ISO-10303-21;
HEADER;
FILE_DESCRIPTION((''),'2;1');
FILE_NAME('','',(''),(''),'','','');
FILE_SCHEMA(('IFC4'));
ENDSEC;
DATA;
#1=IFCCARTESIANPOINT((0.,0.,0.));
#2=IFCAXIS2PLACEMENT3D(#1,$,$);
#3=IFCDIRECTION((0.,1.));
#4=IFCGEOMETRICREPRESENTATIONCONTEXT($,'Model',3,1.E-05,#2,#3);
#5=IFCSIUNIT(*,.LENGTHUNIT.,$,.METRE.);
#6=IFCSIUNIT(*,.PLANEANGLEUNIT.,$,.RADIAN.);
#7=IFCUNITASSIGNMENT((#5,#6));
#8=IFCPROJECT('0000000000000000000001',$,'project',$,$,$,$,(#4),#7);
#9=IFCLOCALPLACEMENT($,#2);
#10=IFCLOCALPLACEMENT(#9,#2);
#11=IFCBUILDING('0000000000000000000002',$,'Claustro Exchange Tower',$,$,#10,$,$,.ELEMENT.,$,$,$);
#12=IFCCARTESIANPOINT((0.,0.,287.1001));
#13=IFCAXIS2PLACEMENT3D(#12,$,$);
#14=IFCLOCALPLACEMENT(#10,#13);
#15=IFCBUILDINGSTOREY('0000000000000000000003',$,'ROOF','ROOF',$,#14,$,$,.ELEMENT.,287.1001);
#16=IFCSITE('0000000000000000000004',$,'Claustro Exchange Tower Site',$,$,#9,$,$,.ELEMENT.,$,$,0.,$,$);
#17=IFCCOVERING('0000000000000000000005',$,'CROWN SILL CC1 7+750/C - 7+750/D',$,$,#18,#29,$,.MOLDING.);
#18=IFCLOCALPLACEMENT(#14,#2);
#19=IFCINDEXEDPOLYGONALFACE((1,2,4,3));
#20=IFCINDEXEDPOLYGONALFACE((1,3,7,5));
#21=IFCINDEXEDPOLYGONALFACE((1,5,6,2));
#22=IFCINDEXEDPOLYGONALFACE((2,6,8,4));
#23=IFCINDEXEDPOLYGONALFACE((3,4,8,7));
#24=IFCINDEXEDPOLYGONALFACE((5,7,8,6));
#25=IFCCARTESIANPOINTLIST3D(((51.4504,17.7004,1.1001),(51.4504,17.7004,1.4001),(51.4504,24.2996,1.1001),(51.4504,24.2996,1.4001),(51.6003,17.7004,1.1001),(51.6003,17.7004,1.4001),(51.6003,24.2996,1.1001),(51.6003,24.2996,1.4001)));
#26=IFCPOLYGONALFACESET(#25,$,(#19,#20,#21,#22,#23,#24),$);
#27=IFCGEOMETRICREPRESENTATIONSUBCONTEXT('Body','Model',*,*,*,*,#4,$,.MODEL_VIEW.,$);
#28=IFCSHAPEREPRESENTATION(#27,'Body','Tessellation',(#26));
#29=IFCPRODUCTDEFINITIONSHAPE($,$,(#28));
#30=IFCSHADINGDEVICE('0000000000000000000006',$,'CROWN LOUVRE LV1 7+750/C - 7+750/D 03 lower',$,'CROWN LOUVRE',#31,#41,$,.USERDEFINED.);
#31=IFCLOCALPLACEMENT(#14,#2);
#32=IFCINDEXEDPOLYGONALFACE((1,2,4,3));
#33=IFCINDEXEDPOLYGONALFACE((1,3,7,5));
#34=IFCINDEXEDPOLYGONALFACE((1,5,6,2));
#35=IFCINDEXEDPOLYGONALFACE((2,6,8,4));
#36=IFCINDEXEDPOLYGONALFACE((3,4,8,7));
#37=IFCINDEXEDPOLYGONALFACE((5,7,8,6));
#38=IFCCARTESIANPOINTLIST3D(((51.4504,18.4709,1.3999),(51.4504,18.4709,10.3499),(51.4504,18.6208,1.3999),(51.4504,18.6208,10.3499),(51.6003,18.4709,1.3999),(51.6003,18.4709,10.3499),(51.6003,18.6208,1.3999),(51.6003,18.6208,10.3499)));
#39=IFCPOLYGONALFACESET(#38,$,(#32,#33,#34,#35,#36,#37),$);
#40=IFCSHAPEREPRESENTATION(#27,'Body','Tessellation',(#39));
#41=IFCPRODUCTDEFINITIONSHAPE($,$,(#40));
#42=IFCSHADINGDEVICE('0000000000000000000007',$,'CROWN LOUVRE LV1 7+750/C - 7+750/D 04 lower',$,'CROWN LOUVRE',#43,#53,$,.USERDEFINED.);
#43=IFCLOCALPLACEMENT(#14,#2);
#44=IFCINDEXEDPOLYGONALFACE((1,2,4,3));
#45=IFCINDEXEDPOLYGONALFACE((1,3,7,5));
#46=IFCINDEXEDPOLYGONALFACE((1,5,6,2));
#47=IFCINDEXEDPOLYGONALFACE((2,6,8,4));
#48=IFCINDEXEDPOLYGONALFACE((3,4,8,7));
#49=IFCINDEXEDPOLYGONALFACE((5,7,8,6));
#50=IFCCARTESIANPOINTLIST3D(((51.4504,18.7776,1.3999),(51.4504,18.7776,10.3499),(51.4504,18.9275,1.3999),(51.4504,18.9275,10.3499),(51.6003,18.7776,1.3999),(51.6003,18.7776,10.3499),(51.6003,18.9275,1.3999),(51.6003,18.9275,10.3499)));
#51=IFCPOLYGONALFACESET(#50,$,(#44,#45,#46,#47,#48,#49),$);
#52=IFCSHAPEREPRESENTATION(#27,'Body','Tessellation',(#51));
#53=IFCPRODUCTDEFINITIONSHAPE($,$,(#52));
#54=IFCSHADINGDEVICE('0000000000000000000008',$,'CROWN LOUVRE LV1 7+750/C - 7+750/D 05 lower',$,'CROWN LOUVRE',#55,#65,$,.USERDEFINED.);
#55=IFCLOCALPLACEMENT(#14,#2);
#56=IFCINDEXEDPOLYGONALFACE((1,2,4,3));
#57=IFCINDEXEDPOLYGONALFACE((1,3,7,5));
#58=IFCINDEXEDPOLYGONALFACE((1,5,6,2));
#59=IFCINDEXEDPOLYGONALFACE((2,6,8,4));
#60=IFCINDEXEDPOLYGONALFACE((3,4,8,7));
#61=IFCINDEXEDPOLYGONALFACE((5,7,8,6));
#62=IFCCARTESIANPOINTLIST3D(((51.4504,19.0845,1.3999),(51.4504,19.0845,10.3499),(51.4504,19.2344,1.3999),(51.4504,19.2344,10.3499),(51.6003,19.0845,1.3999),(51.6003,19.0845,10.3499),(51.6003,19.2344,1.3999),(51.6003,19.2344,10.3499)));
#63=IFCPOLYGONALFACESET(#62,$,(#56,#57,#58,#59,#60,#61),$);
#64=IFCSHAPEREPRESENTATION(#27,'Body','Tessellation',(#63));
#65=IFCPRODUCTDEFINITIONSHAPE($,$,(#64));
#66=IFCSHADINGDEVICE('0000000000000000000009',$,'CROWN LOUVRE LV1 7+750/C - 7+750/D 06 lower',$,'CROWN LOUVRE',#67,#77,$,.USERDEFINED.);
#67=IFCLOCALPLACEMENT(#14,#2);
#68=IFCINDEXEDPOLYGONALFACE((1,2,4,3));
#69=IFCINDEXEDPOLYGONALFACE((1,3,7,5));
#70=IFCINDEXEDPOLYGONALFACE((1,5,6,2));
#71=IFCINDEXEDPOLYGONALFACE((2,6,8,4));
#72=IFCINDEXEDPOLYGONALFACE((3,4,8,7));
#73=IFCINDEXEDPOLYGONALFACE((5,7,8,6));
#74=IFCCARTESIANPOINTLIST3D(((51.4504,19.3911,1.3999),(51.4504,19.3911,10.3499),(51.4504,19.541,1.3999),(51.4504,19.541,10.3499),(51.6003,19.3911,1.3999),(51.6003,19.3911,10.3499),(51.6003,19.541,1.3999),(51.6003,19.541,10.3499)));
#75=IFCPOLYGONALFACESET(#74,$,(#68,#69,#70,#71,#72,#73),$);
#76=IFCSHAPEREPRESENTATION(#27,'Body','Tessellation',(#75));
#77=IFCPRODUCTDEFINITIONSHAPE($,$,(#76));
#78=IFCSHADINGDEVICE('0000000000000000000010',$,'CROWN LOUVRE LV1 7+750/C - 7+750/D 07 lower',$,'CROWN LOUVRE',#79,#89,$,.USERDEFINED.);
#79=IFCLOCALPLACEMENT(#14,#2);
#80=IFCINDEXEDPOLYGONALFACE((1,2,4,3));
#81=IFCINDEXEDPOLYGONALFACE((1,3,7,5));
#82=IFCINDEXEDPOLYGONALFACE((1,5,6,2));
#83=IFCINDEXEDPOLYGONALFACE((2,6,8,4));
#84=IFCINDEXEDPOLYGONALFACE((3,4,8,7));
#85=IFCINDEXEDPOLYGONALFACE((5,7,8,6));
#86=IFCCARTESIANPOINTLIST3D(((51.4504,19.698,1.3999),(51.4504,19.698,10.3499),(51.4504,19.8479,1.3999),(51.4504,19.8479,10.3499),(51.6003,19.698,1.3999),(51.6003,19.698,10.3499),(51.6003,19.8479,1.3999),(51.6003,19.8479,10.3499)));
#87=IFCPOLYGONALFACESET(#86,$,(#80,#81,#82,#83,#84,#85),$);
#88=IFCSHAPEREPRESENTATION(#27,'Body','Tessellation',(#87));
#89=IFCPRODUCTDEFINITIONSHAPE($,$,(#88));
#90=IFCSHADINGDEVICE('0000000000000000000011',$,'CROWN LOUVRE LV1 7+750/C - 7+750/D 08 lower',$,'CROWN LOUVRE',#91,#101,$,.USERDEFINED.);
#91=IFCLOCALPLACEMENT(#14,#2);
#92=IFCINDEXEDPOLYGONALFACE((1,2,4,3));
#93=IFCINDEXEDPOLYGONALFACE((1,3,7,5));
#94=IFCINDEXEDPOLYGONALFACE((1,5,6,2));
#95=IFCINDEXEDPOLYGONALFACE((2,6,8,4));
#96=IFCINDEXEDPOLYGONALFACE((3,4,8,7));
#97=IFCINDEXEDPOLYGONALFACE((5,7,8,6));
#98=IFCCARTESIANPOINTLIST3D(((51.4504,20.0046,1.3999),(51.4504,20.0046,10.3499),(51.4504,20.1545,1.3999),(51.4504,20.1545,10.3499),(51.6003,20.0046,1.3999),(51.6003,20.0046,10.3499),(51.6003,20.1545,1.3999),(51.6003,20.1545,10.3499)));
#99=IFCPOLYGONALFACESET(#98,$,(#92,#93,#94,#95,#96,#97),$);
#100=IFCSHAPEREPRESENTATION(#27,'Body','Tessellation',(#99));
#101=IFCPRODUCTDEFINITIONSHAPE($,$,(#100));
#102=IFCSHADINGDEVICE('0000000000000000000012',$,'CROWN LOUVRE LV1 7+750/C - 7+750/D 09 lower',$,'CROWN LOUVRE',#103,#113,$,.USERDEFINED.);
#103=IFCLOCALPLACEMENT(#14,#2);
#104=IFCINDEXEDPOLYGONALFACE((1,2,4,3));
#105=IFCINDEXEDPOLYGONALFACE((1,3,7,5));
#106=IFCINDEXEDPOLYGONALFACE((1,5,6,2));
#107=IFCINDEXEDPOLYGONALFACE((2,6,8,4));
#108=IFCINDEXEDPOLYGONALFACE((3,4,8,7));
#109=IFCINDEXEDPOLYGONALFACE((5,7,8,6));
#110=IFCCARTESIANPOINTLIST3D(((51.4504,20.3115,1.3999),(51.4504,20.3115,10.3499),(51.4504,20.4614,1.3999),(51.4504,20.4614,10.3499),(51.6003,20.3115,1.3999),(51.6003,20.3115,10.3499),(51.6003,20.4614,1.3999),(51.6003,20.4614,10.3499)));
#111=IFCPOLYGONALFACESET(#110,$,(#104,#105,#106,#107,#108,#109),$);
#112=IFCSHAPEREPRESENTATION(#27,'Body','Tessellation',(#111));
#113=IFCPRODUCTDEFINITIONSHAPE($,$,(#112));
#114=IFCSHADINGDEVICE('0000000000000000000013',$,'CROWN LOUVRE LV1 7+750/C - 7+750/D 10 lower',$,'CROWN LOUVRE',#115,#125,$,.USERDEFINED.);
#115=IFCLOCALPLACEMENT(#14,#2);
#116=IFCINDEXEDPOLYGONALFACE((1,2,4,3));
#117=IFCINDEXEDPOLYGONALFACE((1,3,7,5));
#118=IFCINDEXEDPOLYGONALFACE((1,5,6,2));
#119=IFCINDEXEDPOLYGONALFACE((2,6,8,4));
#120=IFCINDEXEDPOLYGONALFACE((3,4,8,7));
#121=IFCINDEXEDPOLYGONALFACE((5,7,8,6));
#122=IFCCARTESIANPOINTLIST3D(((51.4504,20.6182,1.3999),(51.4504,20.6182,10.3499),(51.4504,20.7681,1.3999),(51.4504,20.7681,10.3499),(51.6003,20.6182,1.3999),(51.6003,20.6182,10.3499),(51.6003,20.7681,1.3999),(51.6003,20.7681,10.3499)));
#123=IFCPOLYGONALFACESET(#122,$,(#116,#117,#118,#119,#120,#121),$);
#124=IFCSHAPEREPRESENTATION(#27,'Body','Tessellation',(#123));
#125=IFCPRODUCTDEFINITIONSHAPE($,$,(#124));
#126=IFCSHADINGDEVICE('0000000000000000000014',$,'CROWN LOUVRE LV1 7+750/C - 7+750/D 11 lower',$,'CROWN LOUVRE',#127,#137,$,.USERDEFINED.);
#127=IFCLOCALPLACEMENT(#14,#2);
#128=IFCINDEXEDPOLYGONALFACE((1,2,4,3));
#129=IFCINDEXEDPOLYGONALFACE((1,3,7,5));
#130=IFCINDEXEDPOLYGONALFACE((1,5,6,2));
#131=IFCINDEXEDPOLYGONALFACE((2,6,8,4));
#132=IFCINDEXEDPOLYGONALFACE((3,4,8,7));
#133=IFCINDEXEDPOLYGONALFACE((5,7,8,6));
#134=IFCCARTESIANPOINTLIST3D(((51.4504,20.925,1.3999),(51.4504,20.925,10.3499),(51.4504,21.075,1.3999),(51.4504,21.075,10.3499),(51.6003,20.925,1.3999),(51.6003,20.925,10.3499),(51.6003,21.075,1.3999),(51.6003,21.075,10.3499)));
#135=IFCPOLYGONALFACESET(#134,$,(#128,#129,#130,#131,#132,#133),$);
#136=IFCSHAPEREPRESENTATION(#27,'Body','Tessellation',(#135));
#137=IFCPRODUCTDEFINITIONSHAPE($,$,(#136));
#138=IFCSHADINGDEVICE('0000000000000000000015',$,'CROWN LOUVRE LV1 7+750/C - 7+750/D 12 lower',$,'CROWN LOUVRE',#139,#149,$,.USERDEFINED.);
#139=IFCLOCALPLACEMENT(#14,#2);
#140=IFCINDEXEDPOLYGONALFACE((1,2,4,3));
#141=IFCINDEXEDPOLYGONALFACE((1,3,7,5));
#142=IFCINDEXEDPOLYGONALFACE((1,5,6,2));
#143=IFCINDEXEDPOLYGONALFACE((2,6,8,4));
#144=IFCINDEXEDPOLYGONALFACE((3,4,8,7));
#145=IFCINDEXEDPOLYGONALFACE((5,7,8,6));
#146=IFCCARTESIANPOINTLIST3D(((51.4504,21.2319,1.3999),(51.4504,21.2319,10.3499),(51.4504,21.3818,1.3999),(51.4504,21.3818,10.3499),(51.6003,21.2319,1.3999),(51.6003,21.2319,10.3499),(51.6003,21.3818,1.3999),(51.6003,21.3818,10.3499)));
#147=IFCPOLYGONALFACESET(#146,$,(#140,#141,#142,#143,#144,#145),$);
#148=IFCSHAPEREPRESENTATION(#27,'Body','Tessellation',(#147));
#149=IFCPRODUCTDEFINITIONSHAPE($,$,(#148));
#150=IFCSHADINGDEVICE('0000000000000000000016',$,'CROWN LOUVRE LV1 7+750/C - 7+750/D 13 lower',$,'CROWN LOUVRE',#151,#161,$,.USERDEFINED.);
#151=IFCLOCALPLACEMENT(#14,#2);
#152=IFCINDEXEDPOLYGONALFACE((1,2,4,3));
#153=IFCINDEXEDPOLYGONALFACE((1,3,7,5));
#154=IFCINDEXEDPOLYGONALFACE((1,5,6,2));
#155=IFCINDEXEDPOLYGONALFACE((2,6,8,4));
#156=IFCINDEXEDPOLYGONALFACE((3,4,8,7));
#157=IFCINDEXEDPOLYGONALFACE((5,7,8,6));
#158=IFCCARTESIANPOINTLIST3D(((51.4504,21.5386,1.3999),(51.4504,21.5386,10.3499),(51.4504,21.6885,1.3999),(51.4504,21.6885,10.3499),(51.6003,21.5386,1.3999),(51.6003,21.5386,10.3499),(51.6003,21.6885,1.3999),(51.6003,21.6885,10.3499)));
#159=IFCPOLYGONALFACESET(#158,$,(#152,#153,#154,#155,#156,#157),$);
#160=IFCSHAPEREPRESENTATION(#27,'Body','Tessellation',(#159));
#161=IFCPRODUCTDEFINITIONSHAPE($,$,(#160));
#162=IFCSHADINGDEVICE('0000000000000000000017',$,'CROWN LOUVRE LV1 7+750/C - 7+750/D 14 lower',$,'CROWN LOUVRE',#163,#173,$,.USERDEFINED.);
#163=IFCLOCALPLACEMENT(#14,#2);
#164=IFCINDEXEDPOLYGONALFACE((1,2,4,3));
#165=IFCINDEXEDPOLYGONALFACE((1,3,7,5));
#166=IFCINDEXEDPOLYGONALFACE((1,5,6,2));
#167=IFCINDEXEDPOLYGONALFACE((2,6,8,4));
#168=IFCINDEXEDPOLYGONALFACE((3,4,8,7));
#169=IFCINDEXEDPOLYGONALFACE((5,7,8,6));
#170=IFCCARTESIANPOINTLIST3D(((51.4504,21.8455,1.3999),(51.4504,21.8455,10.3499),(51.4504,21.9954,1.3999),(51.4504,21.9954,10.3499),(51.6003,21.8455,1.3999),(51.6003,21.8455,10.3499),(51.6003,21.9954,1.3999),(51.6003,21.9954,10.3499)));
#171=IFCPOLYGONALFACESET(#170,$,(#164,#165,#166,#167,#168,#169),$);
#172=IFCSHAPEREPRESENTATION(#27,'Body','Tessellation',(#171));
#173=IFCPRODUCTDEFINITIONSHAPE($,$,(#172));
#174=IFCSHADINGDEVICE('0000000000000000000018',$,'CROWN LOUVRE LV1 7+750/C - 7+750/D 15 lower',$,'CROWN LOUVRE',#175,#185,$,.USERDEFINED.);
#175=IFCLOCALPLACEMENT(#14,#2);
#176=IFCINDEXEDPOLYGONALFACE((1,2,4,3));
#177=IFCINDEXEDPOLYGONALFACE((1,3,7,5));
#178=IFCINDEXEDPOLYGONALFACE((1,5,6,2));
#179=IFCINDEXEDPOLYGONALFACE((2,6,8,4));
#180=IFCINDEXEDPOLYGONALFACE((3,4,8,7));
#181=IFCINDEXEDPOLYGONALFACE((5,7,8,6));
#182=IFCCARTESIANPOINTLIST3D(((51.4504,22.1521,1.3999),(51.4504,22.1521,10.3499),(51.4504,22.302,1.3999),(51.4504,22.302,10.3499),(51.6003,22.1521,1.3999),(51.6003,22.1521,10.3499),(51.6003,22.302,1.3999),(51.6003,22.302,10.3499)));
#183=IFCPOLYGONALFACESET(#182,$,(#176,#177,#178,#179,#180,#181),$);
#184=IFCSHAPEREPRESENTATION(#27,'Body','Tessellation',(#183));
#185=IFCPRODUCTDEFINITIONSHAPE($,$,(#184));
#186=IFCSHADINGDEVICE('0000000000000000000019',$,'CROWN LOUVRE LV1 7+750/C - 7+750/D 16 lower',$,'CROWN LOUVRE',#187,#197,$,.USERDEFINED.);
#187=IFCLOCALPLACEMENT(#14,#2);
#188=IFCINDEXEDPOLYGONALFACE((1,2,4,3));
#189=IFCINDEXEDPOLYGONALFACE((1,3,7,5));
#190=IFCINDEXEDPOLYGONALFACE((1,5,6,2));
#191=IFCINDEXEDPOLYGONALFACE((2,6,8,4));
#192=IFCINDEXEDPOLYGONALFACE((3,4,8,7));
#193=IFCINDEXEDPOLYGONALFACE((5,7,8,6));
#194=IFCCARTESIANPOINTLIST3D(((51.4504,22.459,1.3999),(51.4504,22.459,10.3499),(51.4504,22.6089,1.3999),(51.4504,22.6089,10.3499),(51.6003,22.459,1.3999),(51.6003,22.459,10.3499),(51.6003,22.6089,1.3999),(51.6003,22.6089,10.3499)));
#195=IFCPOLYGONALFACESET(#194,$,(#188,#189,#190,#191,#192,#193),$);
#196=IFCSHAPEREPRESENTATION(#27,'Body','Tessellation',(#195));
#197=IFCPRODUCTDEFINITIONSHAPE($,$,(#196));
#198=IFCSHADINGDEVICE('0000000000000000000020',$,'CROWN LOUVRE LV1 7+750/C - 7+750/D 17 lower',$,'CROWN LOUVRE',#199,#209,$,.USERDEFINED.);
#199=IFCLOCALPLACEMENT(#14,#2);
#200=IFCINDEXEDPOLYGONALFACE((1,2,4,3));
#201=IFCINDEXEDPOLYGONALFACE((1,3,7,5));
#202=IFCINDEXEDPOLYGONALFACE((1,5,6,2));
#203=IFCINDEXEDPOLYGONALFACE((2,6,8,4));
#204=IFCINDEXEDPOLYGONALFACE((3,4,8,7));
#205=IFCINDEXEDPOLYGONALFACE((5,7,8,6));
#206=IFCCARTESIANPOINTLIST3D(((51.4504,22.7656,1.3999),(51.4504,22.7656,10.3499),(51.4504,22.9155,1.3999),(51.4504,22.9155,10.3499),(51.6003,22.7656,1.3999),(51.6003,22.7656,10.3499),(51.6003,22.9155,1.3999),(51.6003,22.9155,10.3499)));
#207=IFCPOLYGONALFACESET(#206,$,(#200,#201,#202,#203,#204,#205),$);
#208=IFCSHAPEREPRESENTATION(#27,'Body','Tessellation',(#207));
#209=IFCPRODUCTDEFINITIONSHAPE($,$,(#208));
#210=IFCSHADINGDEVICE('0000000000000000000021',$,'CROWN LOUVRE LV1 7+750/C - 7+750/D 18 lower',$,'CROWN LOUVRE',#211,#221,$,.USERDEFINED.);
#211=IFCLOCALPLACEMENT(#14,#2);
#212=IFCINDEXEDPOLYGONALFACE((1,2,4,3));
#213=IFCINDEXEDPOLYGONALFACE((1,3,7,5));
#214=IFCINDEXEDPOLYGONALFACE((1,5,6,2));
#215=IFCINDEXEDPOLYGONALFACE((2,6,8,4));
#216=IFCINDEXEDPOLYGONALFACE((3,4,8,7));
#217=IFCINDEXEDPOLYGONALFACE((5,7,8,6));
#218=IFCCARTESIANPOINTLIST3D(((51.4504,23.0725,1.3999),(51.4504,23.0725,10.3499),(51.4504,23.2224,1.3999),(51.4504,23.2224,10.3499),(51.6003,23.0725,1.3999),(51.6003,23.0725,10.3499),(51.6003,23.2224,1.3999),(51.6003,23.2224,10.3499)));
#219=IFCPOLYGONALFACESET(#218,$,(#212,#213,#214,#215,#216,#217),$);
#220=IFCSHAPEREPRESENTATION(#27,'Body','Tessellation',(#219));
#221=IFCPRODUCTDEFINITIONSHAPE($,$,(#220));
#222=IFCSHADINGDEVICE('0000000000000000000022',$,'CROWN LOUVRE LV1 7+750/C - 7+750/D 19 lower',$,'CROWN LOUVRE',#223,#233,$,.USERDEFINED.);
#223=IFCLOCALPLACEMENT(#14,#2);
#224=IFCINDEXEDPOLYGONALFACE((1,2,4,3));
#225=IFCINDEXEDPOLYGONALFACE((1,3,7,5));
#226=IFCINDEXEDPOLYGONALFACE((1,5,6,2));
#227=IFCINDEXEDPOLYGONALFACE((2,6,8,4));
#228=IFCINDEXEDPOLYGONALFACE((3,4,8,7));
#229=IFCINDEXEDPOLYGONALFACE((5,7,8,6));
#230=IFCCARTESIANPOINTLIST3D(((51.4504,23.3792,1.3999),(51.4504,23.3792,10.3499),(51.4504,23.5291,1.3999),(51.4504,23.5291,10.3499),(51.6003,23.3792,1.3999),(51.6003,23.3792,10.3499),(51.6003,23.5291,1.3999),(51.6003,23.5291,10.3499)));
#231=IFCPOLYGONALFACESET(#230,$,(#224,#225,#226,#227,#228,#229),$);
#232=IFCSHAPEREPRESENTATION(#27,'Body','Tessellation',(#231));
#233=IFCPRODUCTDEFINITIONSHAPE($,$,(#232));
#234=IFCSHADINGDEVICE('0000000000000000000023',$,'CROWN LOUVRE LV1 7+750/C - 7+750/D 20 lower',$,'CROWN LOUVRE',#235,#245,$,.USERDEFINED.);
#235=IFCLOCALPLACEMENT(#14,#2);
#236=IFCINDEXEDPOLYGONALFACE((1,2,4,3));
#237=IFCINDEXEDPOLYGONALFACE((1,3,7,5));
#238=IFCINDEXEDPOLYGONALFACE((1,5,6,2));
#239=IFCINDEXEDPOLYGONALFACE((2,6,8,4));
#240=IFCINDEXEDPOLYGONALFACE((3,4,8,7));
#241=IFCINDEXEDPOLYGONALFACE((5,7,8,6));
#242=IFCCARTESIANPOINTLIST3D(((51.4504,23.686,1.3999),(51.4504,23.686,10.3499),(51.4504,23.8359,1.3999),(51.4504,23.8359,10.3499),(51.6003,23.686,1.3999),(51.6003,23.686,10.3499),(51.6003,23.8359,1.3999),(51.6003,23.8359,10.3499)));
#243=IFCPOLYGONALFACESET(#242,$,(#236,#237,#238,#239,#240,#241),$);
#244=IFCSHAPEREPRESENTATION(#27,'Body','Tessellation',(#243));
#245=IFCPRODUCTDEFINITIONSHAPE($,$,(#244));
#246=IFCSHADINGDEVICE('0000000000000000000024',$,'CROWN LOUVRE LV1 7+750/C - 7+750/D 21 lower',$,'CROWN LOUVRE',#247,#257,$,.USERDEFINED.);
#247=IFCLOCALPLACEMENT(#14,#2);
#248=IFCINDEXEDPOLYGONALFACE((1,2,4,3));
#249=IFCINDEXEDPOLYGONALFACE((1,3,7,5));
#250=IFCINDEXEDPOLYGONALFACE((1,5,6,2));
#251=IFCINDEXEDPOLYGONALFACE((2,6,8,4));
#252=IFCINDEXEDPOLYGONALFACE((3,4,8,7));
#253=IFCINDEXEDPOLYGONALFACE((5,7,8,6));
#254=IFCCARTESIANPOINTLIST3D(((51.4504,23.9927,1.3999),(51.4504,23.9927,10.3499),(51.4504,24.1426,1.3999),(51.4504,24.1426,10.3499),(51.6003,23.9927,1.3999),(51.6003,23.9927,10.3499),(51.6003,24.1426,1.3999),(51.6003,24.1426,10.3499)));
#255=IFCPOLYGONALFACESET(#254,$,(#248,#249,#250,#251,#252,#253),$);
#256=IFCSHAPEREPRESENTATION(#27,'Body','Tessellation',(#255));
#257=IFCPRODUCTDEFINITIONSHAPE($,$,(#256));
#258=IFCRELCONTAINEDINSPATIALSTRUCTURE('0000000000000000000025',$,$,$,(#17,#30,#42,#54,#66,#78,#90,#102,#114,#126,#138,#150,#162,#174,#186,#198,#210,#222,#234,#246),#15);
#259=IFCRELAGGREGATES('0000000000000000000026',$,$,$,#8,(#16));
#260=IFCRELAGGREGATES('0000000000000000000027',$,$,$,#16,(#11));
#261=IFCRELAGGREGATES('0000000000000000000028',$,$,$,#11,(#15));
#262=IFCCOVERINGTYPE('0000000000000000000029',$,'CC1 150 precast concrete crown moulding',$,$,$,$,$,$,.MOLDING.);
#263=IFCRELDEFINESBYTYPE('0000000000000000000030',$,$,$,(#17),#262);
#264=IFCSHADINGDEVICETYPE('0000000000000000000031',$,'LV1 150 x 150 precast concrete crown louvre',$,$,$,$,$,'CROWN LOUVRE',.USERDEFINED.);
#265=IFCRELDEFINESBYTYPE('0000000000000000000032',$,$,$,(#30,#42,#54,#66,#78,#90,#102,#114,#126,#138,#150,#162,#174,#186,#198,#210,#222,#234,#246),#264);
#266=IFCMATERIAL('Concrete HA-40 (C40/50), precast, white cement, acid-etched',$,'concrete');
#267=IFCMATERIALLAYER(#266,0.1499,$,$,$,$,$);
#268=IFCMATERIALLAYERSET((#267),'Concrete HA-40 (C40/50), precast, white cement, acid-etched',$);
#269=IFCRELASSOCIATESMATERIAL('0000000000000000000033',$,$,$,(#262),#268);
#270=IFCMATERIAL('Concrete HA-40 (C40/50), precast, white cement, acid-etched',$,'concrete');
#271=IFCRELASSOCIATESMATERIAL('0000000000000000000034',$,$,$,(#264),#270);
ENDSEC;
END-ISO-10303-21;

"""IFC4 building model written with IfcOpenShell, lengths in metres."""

from ifc_helpers import new_model, si_unit, direction, frame, origin, origin_2d, place, context, subcontext, project, spatial, rectangle, extrude, material, layer, layer_set, type_object, element, save


model = new_model("IFC4")

# Units and contexts
model_context = context("Model", 3, precision=1e-05, world=origin(), true_north=direction((0.0, 1.0)))
body_context = subcontext(model_context, "Body", "Model", "MODEL_VIEW")
ifc_project = project(units=[si_unit("LENGTHUNIT", "METRE"), si_unit("PLANEANGLEUNIT", "RADIAN")], contexts=[model_context])

# Site, building, storey
site_placement = place(None, origin())
site = spatial("IfcSite", under=ifc_project, at=site_placement, Name="Claustro Exchange Tower Site", CompositionType="ELEMENT", RefElevation=0.0)
building_placement = place(site_placement, origin())
building = spatial("IfcBuilding", under=site, at=building_placement, Name="Claustro Exchange Tower", CompositionType="ELEMENT")
storey_placement = place(building_placement, frame((0.0, 0.0, 287.1001)))
storey = spatial("IfcBuildingStorey", under=building, at=storey_placement, Name="ROOF", Description="ROOF", CompositionType="ELEMENT", Elevation=287.1001)

# Covering
ifc_material_1 = material(Name="Concrete HA-40 (C40/50), precast, white cement, acid-etched", Category="concrete")
ifc_layer_1 = layer(ifc_material_1, 0.1499)
ifc_layer_set_1 = layer_set([ifc_layer_1], Name="Concrete HA-40 (C40/50), precast, white cement, acid-etched")
covering_type = type_object("IfcCoveringType", Name="CC1 150 precast concrete crown moulding", PredefinedType="MOLDING", material=ifc_layer_set_1)
covering_placement = place(storey_placement, frame((51.5254, 21.0, 1.1001), z_axis=(0.0, 0.0, 1.0), x_axis=(0.0, 1.0, 0.0)))
element("IfcCovering", 1, at=covering_placement, inside=storey, type_object=covering_type, Name="CROWN SILL CC1 7+750/C - 7+750/D", PredefinedType="MOLDING", context=body_context, shape_type="SweptSolid", body=[
    extrude(rectangle(XDim=6.5991, YDim=0.1499, at=origin_2d()), origin(), (0.0, 0.0, 1.0), 0.3),
])

# Shading devices
ifc_material_2 = material(Name="Concrete HA-40 (C40/50), precast, white cement, acid-etched", Category="concrete")
shading_device_type = type_object("IfcShadingDeviceType", Name="LV1 150 x 150 precast concrete crown louvre", ElementType="CROWN LOUVRE", PredefinedType="USERDEFINED", material=ifc_material_2)
for number, where, z_axis, x_axis, name in (
    (2, (51.5254, 18.5459, 1.3999), (0.0, 0.0, 1.0), (0.0, 1.0, 0.0), "CROWN LOUVRE LV1 7+750/C - 7+750/D 03 lower"),
    (3, (51.5254, 18.8525, 1.3999), (0.0, 0.0, 1.0), (0.0, 1.0, 0.0), "CROWN LOUVRE LV1 7+750/C - 7+750/D 04 lower"),
    (4, (51.5254, 19.1594, 1.3999), (0.0, 0.0, 1.0), (0.0, 1.0, 0.0), "CROWN LOUVRE LV1 7+750/C - 7+750/D 05 lower"),
    (5, (51.5254, 19.4661, 1.3999), (0.0, 0.0, 1.0), (0.0, 1.0, 0.0), "CROWN LOUVRE LV1 7+750/C - 7+750/D 06 lower"),
    (6, (51.5254, 19.7729, 1.3999), (0.0, 0.0, 1.0), (0.0, 1.0, 0.0), "CROWN LOUVRE LV1 7+750/C - 7+750/D 07 lower"),
    (7, (51.5254, 20.0796, 1.3999), (0.0, 0.0, 1.0), (0.0, 1.0, 0.0), "CROWN LOUVRE LV1 7+750/C - 7+750/D 08 lower"),
    (8, (51.5254, 20.3865, 1.3999), (0.0, 0.0, 1.0), (0.0, 1.0, 0.0), "CROWN LOUVRE LV1 7+750/C - 7+750/D 09 lower"),
    (9, (51.5254, 20.6931, 1.3999), (0.0, 0.0, 1.0), (0.0, 1.0, 0.0), "CROWN LOUVRE LV1 7+750/C - 7+750/D 10 lower"),
    (10, (51.5254, 21.0, 1.3999), (0.0, 0.0, 1.0), (0.0, 1.0, 0.0), "CROWN LOUVRE LV1 7+750/C - 7+750/D 11 lower"),
    (11, (51.5254, 21.3069, 1.3999), (0.0, 0.0, 1.0), (0.0, 1.0, 0.0), "CROWN LOUVRE LV1 7+750/C - 7+750/D 12 lower"),
    (12, (51.5254, 21.6135, 1.3999), (0.0, 0.0, 1.0), (0.0, 1.0, 0.0), "CROWN LOUVRE LV1 7+750/C - 7+750/D 13 lower"),
    (13, (51.5254, 21.9204, 1.3999), (0.0, 0.0, 1.0), (0.0, 1.0, 0.0), "CROWN LOUVRE LV1 7+750/C - 7+750/D 14 lower"),
    (14, (51.5254, 22.2271, 1.3999), (0.0, 0.0, 1.0), (0.0, 1.0, 0.0), "CROWN LOUVRE LV1 7+750/C - 7+750/D 15 lower"),
    (15, (51.5254, 22.5339, 1.3999), (0.0, 0.0, 1.0), (0.0, 1.0, 0.0), "CROWN LOUVRE LV1 7+750/C - 7+750/D 16 lower"),
    (16, (51.5254, 22.8406, 1.3999), (0.0, 0.0, 1.0), (0.0, 1.0, 0.0), "CROWN LOUVRE LV1 7+750/C - 7+750/D 17 lower"),
    (17, (51.5254, 23.1475, 1.3999), (0.0, 0.0, 1.0), (0.0, 1.0, 0.0), "CROWN LOUVRE LV1 7+750/C - 7+750/D 18 lower"),
    (18, (51.5254, 23.4541, 1.3999), (0.0, 0.0, 1.0), (0.0, 1.0, 0.0), "CROWN LOUVRE LV1 7+750/C - 7+750/D 19 lower"),
    (19, (51.5254, 23.761, 1.3999), (0.0, 0.0, 1.0), (0.0, 1.0, 0.0), "CROWN LOUVRE LV1 7+750/C - 7+750/D 20 lower"),
    (20, (51.5254, 24.0676, 1.3999), (0.0, 0.0, 1.0), (0.0, 1.0, 0.0), "CROWN LOUVRE LV1 7+750/C - 7+750/D 21 lower"),
):
    element("IfcShadingDevice", number, at=place(storey_placement, frame(where, z_axis=z_axis, x_axis=x_axis)), inside=storey, type_object=shading_device_type, Name=name, ObjectType="CROWN LOUVRE", PredefinedType="USERDEFINED", context=body_context, shape_type="SweptSolid", body=[
        extrude(rectangle(XDim=0.1499, YDim=0.1499, at=origin_2d()), origin(), (0.0, 0.0, 1.0), 8.95),
    ])

save(model, "model.ifc")
